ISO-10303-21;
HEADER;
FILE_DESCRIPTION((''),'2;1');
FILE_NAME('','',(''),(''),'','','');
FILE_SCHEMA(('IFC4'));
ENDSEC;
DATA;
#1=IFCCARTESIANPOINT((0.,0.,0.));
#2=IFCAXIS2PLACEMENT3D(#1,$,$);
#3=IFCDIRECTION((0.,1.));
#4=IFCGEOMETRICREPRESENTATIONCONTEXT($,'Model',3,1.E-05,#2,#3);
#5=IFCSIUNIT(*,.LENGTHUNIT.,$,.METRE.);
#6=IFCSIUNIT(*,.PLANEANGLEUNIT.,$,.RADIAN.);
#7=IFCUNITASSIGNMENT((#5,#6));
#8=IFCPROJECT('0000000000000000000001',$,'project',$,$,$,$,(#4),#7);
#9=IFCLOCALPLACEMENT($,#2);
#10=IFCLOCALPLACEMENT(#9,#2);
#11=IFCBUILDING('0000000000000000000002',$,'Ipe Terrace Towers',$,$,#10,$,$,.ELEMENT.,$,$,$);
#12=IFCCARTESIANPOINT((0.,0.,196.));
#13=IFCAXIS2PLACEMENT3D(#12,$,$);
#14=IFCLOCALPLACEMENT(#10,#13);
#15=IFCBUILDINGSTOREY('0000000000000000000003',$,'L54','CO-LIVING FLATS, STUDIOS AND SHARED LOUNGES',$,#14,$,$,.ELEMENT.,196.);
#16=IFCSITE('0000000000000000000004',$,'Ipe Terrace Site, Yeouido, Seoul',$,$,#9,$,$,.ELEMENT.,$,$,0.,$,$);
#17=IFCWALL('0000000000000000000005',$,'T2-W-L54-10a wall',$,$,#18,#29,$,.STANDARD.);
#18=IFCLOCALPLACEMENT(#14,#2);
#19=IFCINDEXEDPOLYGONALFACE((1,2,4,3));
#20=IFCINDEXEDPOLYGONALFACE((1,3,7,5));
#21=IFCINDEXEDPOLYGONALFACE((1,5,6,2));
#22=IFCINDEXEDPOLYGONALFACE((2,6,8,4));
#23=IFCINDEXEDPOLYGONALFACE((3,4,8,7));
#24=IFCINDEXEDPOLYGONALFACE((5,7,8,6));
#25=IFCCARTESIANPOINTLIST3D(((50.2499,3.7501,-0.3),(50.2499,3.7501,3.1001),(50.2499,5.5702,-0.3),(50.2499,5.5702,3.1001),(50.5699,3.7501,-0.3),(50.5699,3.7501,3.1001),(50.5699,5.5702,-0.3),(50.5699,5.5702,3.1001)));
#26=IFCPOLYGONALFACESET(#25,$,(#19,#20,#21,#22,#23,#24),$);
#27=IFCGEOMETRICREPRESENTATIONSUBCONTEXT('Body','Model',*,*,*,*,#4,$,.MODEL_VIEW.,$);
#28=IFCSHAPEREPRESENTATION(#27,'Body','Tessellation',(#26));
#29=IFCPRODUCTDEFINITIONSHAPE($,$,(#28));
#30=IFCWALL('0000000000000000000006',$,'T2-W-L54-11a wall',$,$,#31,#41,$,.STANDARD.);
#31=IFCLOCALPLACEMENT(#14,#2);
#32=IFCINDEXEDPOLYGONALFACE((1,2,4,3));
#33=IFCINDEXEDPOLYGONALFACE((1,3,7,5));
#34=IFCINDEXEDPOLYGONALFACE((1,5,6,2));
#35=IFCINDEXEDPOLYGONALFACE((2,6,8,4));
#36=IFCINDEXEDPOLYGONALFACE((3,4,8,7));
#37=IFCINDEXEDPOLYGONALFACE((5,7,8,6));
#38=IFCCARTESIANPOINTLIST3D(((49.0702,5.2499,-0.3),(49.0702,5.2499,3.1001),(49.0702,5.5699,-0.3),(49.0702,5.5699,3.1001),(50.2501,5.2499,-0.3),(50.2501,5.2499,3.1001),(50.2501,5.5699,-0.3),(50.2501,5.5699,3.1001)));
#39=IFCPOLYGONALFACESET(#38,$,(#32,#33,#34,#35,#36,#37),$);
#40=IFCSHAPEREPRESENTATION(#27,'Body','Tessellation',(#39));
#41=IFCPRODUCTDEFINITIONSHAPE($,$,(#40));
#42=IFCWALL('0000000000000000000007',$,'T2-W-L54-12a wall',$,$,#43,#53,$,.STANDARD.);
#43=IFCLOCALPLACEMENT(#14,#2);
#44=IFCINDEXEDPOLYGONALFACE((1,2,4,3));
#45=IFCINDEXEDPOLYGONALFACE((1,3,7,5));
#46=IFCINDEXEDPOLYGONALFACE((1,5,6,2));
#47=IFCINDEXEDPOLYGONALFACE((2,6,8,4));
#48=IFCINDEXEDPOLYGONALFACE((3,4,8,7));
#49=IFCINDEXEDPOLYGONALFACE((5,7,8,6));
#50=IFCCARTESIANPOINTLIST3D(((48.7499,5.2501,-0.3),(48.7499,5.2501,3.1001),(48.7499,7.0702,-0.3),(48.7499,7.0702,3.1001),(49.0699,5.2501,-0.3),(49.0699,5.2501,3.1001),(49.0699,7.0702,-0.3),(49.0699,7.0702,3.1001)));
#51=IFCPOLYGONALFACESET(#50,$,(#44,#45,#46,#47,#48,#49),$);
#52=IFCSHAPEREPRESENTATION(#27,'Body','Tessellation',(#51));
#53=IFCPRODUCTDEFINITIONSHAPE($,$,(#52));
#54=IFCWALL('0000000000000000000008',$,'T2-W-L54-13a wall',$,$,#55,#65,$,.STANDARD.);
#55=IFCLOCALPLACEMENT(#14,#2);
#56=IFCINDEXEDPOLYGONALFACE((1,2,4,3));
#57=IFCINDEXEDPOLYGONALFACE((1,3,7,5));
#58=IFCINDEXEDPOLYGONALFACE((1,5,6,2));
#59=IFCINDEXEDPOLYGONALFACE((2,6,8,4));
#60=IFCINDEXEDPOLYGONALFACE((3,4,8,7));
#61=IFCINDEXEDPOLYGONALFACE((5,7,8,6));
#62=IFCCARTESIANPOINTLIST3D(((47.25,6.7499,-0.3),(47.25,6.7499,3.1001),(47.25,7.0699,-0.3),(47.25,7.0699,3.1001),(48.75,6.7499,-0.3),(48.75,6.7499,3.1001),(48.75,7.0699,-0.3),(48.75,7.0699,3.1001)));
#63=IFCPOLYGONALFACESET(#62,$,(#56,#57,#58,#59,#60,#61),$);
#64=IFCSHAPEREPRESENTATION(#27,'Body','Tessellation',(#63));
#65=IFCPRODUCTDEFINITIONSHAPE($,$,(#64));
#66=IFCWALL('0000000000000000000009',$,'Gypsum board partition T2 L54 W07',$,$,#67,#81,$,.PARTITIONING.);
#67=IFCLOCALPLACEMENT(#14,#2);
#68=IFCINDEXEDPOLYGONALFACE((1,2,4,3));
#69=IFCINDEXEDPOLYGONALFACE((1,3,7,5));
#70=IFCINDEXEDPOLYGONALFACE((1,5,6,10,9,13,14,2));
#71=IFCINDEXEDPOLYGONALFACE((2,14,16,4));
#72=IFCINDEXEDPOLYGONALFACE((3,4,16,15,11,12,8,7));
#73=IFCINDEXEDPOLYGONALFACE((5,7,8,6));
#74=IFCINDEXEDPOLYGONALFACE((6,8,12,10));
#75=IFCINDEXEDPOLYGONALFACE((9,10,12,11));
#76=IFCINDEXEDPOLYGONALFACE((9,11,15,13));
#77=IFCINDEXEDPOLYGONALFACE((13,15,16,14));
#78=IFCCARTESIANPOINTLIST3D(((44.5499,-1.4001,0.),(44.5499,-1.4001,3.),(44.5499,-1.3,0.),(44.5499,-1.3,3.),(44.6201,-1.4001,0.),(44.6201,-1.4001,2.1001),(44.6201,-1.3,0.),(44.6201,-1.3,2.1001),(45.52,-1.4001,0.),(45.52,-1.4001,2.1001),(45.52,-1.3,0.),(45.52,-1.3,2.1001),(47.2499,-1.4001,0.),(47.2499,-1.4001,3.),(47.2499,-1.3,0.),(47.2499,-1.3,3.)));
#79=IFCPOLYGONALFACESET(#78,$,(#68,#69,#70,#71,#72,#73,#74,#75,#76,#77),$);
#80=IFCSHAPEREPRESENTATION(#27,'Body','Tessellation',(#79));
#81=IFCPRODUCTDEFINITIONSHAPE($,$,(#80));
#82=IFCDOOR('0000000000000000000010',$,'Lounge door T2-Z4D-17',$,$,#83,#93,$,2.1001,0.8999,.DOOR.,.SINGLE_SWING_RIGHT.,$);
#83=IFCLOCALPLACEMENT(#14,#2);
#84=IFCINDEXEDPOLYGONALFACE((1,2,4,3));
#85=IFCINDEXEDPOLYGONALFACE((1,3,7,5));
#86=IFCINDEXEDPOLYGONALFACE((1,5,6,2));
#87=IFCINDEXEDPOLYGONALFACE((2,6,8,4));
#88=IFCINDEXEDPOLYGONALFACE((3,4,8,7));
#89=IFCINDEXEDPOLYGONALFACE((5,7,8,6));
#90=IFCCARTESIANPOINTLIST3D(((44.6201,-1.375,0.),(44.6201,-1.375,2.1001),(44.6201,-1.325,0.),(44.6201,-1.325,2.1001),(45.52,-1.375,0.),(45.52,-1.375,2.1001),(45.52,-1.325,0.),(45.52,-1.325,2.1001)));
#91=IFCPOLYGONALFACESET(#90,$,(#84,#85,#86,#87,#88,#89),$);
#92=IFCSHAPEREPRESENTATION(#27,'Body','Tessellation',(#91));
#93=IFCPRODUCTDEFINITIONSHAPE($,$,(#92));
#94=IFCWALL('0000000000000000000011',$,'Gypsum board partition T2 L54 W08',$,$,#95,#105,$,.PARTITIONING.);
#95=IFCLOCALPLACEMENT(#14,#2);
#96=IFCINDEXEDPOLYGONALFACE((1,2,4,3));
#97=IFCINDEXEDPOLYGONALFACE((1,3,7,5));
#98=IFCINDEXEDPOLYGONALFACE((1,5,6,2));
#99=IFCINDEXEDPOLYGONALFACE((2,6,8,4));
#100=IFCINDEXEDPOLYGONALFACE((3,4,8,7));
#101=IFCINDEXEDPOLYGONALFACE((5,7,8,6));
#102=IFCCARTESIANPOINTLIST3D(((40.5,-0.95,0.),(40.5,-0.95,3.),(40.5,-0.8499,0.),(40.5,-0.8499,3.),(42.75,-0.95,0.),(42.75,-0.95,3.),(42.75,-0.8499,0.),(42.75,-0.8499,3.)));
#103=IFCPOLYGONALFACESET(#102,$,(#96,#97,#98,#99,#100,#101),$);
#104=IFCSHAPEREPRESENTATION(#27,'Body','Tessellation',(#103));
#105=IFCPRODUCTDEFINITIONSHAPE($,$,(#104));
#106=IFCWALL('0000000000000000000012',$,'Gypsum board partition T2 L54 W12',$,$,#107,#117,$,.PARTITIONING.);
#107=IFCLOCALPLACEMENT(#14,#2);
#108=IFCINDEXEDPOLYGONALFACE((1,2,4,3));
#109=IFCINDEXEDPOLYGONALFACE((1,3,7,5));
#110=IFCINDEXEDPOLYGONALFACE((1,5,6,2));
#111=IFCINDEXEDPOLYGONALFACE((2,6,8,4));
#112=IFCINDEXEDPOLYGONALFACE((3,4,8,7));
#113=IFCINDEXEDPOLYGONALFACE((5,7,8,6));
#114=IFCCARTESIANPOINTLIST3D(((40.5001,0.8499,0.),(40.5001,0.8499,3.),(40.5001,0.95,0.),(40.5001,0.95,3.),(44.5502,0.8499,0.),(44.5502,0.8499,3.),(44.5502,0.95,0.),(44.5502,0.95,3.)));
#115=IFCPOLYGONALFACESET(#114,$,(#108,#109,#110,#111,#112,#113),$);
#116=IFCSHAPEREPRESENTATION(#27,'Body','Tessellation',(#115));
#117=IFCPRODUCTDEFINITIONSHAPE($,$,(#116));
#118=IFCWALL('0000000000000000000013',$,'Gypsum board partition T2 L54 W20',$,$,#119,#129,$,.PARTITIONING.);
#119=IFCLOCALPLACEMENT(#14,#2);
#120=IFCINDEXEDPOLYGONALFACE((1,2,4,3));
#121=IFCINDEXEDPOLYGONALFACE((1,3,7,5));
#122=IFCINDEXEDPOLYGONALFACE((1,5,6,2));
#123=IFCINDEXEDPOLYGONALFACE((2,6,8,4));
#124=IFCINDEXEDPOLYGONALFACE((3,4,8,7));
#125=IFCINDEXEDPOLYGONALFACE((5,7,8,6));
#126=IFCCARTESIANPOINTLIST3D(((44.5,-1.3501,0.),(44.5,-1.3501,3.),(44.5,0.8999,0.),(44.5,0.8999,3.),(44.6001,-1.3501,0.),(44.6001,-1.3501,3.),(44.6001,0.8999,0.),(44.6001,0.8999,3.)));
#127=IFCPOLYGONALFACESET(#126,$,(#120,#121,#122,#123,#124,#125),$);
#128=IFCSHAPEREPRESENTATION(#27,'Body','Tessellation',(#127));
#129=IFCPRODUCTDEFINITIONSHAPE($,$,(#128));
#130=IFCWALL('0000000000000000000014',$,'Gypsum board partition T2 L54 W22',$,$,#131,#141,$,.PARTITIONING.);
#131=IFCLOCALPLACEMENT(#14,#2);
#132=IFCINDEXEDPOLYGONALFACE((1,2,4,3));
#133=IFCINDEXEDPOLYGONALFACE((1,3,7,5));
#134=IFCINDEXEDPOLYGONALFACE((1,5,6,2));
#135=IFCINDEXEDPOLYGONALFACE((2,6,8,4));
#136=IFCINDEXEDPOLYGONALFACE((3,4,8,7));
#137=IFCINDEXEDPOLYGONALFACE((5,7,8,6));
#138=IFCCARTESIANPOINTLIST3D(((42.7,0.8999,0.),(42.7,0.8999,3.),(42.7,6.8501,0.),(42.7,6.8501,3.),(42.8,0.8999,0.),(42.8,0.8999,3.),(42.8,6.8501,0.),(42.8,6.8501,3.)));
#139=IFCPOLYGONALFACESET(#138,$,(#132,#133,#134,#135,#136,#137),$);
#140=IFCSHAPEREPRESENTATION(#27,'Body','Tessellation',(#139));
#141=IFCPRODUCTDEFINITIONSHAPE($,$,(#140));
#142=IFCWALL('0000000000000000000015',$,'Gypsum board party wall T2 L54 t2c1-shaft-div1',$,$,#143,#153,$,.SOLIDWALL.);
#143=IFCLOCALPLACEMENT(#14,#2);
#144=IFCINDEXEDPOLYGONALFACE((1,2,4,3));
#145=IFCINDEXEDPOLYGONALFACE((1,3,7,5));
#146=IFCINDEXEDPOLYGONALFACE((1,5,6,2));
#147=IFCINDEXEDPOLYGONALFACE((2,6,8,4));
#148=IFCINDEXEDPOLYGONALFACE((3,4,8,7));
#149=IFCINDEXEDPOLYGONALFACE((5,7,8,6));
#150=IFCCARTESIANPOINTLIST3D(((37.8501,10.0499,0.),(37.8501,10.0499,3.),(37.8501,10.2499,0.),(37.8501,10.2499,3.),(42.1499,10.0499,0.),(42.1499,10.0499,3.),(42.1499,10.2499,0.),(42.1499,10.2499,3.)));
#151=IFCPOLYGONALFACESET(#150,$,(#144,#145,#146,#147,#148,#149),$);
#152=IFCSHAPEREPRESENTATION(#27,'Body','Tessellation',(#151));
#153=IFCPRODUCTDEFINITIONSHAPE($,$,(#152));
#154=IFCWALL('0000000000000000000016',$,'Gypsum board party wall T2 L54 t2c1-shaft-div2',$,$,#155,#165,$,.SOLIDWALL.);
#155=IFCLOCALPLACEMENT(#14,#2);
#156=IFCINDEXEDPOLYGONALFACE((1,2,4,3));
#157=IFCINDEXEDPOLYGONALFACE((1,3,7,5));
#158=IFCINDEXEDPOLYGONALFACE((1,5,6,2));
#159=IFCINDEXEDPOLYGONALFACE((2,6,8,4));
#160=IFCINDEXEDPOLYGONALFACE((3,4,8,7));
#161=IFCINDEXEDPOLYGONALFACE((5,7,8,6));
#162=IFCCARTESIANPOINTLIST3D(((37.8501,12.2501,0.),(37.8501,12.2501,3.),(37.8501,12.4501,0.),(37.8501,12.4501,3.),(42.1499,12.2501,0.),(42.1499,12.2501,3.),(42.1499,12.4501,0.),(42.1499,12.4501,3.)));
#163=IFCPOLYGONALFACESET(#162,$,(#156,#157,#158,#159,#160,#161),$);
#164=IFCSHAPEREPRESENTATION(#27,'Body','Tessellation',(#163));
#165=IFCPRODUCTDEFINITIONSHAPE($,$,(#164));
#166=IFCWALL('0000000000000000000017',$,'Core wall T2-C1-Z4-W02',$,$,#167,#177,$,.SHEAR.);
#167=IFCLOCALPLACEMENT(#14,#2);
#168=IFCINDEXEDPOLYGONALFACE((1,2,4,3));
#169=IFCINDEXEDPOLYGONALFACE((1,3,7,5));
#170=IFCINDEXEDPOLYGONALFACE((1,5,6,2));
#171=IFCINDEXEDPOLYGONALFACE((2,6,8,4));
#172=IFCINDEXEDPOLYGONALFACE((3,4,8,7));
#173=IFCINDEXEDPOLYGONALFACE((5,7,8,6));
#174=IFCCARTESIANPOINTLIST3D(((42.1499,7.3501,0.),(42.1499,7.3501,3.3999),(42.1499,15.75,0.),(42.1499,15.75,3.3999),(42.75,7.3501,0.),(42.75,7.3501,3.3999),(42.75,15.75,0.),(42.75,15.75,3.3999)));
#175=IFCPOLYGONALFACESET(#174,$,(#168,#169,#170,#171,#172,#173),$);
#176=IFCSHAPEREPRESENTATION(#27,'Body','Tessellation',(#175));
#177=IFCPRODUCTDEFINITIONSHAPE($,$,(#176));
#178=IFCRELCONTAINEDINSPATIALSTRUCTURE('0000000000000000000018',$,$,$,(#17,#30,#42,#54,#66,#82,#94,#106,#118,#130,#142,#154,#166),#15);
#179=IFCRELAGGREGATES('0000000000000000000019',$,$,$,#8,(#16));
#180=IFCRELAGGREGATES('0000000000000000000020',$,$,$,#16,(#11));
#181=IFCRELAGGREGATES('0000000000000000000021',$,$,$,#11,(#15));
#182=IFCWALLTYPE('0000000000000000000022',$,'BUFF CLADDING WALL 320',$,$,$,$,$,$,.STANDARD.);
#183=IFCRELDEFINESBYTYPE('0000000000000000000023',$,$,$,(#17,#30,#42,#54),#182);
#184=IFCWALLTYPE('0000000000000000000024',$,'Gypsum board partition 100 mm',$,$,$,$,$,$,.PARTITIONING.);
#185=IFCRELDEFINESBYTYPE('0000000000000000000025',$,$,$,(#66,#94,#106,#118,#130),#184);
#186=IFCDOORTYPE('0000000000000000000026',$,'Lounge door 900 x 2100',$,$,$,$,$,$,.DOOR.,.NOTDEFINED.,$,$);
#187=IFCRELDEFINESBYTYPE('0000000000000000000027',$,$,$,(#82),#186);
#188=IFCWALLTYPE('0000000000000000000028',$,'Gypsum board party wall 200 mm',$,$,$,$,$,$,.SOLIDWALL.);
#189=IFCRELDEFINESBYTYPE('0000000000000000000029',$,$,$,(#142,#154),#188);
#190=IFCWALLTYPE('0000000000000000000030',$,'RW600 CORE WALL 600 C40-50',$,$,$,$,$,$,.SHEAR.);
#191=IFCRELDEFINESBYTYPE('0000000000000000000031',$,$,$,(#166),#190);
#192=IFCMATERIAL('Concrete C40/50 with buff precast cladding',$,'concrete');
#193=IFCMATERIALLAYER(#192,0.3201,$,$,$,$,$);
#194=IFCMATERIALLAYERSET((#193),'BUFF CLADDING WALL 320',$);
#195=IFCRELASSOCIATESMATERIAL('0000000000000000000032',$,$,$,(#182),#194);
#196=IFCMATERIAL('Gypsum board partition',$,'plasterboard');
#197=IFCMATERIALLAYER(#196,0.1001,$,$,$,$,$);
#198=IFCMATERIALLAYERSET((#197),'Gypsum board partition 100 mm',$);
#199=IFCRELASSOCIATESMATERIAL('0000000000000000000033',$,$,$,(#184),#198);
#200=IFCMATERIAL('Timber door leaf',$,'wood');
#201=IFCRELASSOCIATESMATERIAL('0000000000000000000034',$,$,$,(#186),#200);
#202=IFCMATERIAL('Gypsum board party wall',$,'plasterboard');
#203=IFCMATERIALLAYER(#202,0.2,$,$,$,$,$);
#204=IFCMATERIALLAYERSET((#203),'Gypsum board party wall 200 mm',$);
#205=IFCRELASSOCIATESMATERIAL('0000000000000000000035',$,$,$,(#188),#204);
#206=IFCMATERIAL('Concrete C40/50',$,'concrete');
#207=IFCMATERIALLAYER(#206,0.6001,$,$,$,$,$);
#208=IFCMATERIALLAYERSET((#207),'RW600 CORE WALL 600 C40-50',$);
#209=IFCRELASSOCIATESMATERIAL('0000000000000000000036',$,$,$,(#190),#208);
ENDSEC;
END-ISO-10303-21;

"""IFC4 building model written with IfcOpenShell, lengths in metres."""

from ifc_helpers import new_model, si_unit, direction, frame, frame_2d, origin, place, context, subcontext, project, spatial, rectangle, extrude, material, layer, layer_set, type_object, element, fill, save


model = new_model("IFC4")

# Units and contexts
model_context = context("Model", 3, precision=1e-05, world=origin(), true_north=direction((0.0, 1.0)))
body_context = subcontext(model_context, "Body", "Model", "MODEL_VIEW")
ifc_project = project(units=[si_unit("LENGTHUNIT", "METRE"), si_unit("PLANEANGLEUNIT", "RADIAN")], contexts=[model_context])

# Site, building, storey
site_placement = place(None, origin())
site = spatial("IfcSite", under=ifc_project, at=site_placement, Name="Ipe Terrace Site, Yeouido, Seoul", CompositionType="ELEMENT", RefElevation=0.0)
building_placement = place(site_placement, origin())
building = spatial("IfcBuilding", under=site, at=building_placement, Name="Ipe Terrace Towers", CompositionType="ELEMENT")
storey_placement = place(building_placement, frame((0.0, 0.0, 196.0)))
storey = spatial("IfcBuildingStorey", under=building, at=storey_placement, Name="L54", Description="CO-LIVING FLATS, STUDIOS AND SHARED LOUNGES", CompositionType="ELEMENT", Elevation=196.0)

# Walls
ifc_material_1 = material(Name="Concrete C40/50 with buff precast cladding", Category="concrete")
ifc_layer_1 = layer(ifc_material_1, 0.3201)
ifc_layer_set_1 = layer_set([ifc_layer_1], Name="BUFF CLADDING WALL 320")
wall_type_1 = type_object("IfcWallType", Name="BUFF CLADDING WALL 320", PredefinedType="STANDARD", material=ifc_layer_set_1)
wall_1_placement = place(storey_placement, frame((50.4099, 3.75, -0.3), z_axis=(0.0, 0.0, 1.0), x_axis=(0.0, 1.0, 0.0)))
element("IfcWall", 1, at=wall_1_placement, inside=storey, type_object=wall_type_1, Name="T2-W-L54-10a wall", PredefinedType="STANDARD", context=body_context, shape_type="SweptSolid", body=[
    extrude(rectangle(XDim=1.8201, YDim=0.3201, at=frame_2d((0.9102, 0.0))), origin(), (0.0, 0.0, 1.0), 3.4001),
])
wall_2_placement = place(storey_placement, frame((50.25, 5.4099, -0.3), z_axis=(0.0, 0.0, 1.0), x_axis=(-1.0, 0.0, 0.0)))
element("IfcWall", 2, at=wall_2_placement, inside=storey, type_object=wall_type_1, Name="T2-W-L54-11a wall", PredefinedType="STANDARD", context=body_context, shape_type="SweptSolid", body=[
    extrude(rectangle(XDim=1.1799, YDim=0.3201, at=frame_2d((0.5898, 0.0))), origin(), (0.0, 0.0, 1.0), 3.4001),
])
wall_3_placement = place(storey_placement, frame((48.9099, 5.25, -0.3), z_axis=(0.0, 0.0, 1.0), x_axis=(0.0, 1.0, 0.0)))
element("IfcWall", 3, at=wall_3_placement, inside=storey, type_object=wall_type_1, Name="T2-W-L54-12a wall", PredefinedType="STANDARD", context=body_context, shape_type="SweptSolid", body=[
    extrude(rectangle(XDim=1.8201, YDim=0.3201, at=frame_2d((0.9102, 0.0))), origin(), (0.0, 0.0, 1.0), 3.4001),
])
wall_4_placement = place(storey_placement, frame((48.75, 6.9099, -0.3), z_axis=(0.0, 0.0, 1.0), x_axis=(-1.0, 0.0, 0.0)))
element("IfcWall", 4, at=wall_4_placement, inside=storey, type_object=wall_type_1, Name="T2-W-L54-13a wall", PredefinedType="STANDARD", context=body_context, shape_type="SweptSolid", body=[
    extrude(rectangle(XDim=1.5, YDim=0.3201, at=frame_2d((0.75, 0.0))), origin(), (0.0, 0.0, 1.0), 3.4001),
])

# Wall, opening, door
ifc_material_2 = material(Name="Gypsum board partition", Category="plasterboard")
ifc_layer_2 = layer(ifc_material_2, 0.1001)
ifc_layer_set_2 = layer_set([ifc_layer_2], Name="Gypsum board partition 100 mm")
wall_type_2 = type_object("IfcWallType", Name="Gypsum board partition 100 mm", PredefinedType="PARTITIONING", material=ifc_layer_set_2)
wall_5_placement = place(storey_placement, frame((47.25, -1.3501, 0.0), z_axis=(0.0, 0.0, 1.0), x_axis=(-1.0, 0.0, 0.0)))
wall_5 = element("IfcWall", 5, at=wall_5_placement, inside=storey, type_object=wall_type_2, Name="Gypsum board partition T2 L54 W07", PredefinedType="PARTITIONING", context=body_context, shape_type="SweptSolid", body=[
    extrude(rectangle(XDim=2.7, YDim=0.1001, at=frame_2d((1.3501, 0.0))), origin(), (0.0, 0.0, 1.0), 3.0),
])
opening_1_placement = place(wall_5_placement, frame((1.73, 0.0, 0.0)))
opening_1 = element("IfcOpeningElement", 6, at=opening_1_placement, cuts=wall_5, PredefinedType="OPENING", context=body_context, shape_type="SweptSolid", body=[
    extrude(rectangle(XDim=0.8999, YDim=2.1001, at=frame_2d((0.45, 1.05))), frame((0.0, 0.0601, 0.0), z_axis=(0.0, -1.0, 0.0), x_axis=(1.0, 0.0, 0.0)), (0.0, 0.0, 1.0), 0.1201),
])
ifc_material_3 = material(Name="Timber door leaf", Category="wood")
door_type = type_object("IfcDoorType", Name="Lounge door 900 x 2100", OperationType="NOTDEFINED", PredefinedType="DOOR", material=ifc_material_3)
door_placement = place(opening_1_placement, origin())
door = element("IfcDoor", 7, at=door_placement, inside=storey, type_object=door_type, Name="Lounge door T2-Z4D-17", OperationType="SINGLE_SWING_RIGHT", OverallHeight=2.1001, OverallWidth=0.8999, PredefinedType="DOOR", context=body_context, shape_type="SweptSolid", body=[
    extrude(rectangle(XDim=0.8999, YDim=2.1001, at=frame_2d((0.45, 1.05))), frame((0.0, 0.0249, 0.0), z_axis=(0.0, -1.0, 0.0), x_axis=(1.0, 0.0, 0.0)), (0.0, 0.0, 1.0), 0.05),
])
fill(opening_1, door)

# Walls
wall_6_placement = place(storey_placement, frame((42.75, -0.8999, 0.0), z_axis=(0.0, 0.0, 1.0), x_axis=(-1.0, 0.0, 0.0)))
element("IfcWall", 8, at=wall_6_placement, inside=storey, type_object=wall_type_2, Name="Gypsum board partition T2 L54 W08", PredefinedType="PARTITIONING", context=body_context, shape_type="SweptSolid", body=[
    extrude(rectangle(XDim=2.25, YDim=0.1001, at=frame_2d((1.125, 0.0))), origin(), (0.0, 0.0, 1.0), 3.0),
])
wall_7_placement = place(storey_placement, frame((44.55, 0.8999, 0.0), z_axis=(0.0, 0.0, 1.0), x_axis=(-1.0, 0.0, 0.0)))
element("IfcWall", 9, at=wall_7_placement, inside=storey, type_object=wall_type_2, Name="Gypsum board partition T2 L54 W12", PredefinedType="PARTITIONING", context=body_context, shape_type="SweptSolid", body=[
    extrude(rectangle(XDim=4.05, YDim=0.1001, at=frame_2d((2.0249, 0.0))), origin(), (0.0, 0.0, 1.0), 3.0),
])
wall_8_placement = place(storey_placement, frame((44.55, -1.3501, 0.0), z_axis=(0.0, 0.0, 1.0), x_axis=(0.0, 1.0, 0.0)))
element("IfcWall", 10, at=wall_8_placement, inside=storey, type_object=wall_type_2, Name="Gypsum board partition T2 L54 W20", PredefinedType="PARTITIONING", context=body_context, shape_type="SweptSolid", body=[
    extrude(rectangle(XDim=2.25, YDim=0.1001, at=frame_2d((1.125, 0.0))), origin(), (0.0, 0.0, 1.0), 3.0),
])
wall_9_placement = place(storey_placement, frame((42.75, 0.8999, 0.0), z_axis=(0.0, 0.0, 1.0), x_axis=(0.0, 1.0, 0.0)))
element("IfcWall", 11, at=wall_9_placement, inside=storey, type_object=wall_type_2, Name="Gypsum board partition T2 L54 W22", PredefinedType="PARTITIONING", context=body_context, shape_type="SweptSolid", body=[
    extrude(rectangle(XDim=5.9502, YDim=0.1001, at=frame_2d((2.9751, 0.0))), origin(), (0.0, 0.0, 1.0), 3.0),
])
ifc_material_4 = material(Name="Gypsum board party wall", Category="plasterboard")
ifc_layer_3 = layer(ifc_material_4, 0.2)
ifc_layer_set_3 = layer_set([ifc_layer_3], Name="Gypsum board party wall 200 mm")
wall_type_3 = type_object("IfcWallType", Name="Gypsum board party wall 200 mm", PredefinedType="SOLIDWALL", material=ifc_layer_set_3)
for number, where, z_axis, x_axis, name in (
    (12, (42.1499, 10.1499, 0.0), (0.0, 0.0, 1.0), (-1.0, 0.0, 0.0), "Gypsum board party wall T2 L54 t2c1-shaft-div1"),
    (13, (42.1499, 12.3501, 0.0), (0.0, 0.0, 1.0), (-1.0, 0.0, 0.0), "Gypsum board party wall T2 L54 t2c1-shaft-div2"),
):
    element("IfcWall", number, at=place(storey_placement, frame(where, z_axis=z_axis, x_axis=x_axis)), inside=storey, type_object=wall_type_3, Name=name, PredefinedType="SOLIDWALL", context=body_context, shape_type="SweptSolid", body=[
        extrude(rectangle(XDim=4.2998, YDim=0.2, at=frame_2d((2.1499, 0.0))), origin(), (0.0, 0.0, 1.0), 3.0),
    ])
ifc_material_5 = material(Name="Concrete C40/50", Category="concrete")
ifc_layer_4 = layer(ifc_material_5, 0.6001)
ifc_layer_set_4 = layer_set([ifc_layer_4], Name="RW600 CORE WALL 600 C40-50")
wall_type_4 = type_object("IfcWallType", Name="RW600 CORE WALL 600 C40-50", PredefinedType="SHEAR", material=ifc_layer_set_4)
wall_10_placement = place(storey_placement, frame((42.45, 7.3501, 0.0), z_axis=(0.0, 0.0, 1.0), x_axis=(0.0, 1.0, 0.0)))
element("IfcWall", 14, at=wall_10_placement, inside=storey, type_object=wall_type_4, Name="Core wall T2-C1-Z4-W02", PredefinedType="SHEAR", context=body_context, shape_type="SweptSolid", body=[
    extrude(rectangle(XDim=8.3999, YDim=0.6001, at=frame_2d((4.2, 0.0))), origin(), (0.0, 0.0, 1.0), 3.3999),
])

save(model, "model.ifc")
